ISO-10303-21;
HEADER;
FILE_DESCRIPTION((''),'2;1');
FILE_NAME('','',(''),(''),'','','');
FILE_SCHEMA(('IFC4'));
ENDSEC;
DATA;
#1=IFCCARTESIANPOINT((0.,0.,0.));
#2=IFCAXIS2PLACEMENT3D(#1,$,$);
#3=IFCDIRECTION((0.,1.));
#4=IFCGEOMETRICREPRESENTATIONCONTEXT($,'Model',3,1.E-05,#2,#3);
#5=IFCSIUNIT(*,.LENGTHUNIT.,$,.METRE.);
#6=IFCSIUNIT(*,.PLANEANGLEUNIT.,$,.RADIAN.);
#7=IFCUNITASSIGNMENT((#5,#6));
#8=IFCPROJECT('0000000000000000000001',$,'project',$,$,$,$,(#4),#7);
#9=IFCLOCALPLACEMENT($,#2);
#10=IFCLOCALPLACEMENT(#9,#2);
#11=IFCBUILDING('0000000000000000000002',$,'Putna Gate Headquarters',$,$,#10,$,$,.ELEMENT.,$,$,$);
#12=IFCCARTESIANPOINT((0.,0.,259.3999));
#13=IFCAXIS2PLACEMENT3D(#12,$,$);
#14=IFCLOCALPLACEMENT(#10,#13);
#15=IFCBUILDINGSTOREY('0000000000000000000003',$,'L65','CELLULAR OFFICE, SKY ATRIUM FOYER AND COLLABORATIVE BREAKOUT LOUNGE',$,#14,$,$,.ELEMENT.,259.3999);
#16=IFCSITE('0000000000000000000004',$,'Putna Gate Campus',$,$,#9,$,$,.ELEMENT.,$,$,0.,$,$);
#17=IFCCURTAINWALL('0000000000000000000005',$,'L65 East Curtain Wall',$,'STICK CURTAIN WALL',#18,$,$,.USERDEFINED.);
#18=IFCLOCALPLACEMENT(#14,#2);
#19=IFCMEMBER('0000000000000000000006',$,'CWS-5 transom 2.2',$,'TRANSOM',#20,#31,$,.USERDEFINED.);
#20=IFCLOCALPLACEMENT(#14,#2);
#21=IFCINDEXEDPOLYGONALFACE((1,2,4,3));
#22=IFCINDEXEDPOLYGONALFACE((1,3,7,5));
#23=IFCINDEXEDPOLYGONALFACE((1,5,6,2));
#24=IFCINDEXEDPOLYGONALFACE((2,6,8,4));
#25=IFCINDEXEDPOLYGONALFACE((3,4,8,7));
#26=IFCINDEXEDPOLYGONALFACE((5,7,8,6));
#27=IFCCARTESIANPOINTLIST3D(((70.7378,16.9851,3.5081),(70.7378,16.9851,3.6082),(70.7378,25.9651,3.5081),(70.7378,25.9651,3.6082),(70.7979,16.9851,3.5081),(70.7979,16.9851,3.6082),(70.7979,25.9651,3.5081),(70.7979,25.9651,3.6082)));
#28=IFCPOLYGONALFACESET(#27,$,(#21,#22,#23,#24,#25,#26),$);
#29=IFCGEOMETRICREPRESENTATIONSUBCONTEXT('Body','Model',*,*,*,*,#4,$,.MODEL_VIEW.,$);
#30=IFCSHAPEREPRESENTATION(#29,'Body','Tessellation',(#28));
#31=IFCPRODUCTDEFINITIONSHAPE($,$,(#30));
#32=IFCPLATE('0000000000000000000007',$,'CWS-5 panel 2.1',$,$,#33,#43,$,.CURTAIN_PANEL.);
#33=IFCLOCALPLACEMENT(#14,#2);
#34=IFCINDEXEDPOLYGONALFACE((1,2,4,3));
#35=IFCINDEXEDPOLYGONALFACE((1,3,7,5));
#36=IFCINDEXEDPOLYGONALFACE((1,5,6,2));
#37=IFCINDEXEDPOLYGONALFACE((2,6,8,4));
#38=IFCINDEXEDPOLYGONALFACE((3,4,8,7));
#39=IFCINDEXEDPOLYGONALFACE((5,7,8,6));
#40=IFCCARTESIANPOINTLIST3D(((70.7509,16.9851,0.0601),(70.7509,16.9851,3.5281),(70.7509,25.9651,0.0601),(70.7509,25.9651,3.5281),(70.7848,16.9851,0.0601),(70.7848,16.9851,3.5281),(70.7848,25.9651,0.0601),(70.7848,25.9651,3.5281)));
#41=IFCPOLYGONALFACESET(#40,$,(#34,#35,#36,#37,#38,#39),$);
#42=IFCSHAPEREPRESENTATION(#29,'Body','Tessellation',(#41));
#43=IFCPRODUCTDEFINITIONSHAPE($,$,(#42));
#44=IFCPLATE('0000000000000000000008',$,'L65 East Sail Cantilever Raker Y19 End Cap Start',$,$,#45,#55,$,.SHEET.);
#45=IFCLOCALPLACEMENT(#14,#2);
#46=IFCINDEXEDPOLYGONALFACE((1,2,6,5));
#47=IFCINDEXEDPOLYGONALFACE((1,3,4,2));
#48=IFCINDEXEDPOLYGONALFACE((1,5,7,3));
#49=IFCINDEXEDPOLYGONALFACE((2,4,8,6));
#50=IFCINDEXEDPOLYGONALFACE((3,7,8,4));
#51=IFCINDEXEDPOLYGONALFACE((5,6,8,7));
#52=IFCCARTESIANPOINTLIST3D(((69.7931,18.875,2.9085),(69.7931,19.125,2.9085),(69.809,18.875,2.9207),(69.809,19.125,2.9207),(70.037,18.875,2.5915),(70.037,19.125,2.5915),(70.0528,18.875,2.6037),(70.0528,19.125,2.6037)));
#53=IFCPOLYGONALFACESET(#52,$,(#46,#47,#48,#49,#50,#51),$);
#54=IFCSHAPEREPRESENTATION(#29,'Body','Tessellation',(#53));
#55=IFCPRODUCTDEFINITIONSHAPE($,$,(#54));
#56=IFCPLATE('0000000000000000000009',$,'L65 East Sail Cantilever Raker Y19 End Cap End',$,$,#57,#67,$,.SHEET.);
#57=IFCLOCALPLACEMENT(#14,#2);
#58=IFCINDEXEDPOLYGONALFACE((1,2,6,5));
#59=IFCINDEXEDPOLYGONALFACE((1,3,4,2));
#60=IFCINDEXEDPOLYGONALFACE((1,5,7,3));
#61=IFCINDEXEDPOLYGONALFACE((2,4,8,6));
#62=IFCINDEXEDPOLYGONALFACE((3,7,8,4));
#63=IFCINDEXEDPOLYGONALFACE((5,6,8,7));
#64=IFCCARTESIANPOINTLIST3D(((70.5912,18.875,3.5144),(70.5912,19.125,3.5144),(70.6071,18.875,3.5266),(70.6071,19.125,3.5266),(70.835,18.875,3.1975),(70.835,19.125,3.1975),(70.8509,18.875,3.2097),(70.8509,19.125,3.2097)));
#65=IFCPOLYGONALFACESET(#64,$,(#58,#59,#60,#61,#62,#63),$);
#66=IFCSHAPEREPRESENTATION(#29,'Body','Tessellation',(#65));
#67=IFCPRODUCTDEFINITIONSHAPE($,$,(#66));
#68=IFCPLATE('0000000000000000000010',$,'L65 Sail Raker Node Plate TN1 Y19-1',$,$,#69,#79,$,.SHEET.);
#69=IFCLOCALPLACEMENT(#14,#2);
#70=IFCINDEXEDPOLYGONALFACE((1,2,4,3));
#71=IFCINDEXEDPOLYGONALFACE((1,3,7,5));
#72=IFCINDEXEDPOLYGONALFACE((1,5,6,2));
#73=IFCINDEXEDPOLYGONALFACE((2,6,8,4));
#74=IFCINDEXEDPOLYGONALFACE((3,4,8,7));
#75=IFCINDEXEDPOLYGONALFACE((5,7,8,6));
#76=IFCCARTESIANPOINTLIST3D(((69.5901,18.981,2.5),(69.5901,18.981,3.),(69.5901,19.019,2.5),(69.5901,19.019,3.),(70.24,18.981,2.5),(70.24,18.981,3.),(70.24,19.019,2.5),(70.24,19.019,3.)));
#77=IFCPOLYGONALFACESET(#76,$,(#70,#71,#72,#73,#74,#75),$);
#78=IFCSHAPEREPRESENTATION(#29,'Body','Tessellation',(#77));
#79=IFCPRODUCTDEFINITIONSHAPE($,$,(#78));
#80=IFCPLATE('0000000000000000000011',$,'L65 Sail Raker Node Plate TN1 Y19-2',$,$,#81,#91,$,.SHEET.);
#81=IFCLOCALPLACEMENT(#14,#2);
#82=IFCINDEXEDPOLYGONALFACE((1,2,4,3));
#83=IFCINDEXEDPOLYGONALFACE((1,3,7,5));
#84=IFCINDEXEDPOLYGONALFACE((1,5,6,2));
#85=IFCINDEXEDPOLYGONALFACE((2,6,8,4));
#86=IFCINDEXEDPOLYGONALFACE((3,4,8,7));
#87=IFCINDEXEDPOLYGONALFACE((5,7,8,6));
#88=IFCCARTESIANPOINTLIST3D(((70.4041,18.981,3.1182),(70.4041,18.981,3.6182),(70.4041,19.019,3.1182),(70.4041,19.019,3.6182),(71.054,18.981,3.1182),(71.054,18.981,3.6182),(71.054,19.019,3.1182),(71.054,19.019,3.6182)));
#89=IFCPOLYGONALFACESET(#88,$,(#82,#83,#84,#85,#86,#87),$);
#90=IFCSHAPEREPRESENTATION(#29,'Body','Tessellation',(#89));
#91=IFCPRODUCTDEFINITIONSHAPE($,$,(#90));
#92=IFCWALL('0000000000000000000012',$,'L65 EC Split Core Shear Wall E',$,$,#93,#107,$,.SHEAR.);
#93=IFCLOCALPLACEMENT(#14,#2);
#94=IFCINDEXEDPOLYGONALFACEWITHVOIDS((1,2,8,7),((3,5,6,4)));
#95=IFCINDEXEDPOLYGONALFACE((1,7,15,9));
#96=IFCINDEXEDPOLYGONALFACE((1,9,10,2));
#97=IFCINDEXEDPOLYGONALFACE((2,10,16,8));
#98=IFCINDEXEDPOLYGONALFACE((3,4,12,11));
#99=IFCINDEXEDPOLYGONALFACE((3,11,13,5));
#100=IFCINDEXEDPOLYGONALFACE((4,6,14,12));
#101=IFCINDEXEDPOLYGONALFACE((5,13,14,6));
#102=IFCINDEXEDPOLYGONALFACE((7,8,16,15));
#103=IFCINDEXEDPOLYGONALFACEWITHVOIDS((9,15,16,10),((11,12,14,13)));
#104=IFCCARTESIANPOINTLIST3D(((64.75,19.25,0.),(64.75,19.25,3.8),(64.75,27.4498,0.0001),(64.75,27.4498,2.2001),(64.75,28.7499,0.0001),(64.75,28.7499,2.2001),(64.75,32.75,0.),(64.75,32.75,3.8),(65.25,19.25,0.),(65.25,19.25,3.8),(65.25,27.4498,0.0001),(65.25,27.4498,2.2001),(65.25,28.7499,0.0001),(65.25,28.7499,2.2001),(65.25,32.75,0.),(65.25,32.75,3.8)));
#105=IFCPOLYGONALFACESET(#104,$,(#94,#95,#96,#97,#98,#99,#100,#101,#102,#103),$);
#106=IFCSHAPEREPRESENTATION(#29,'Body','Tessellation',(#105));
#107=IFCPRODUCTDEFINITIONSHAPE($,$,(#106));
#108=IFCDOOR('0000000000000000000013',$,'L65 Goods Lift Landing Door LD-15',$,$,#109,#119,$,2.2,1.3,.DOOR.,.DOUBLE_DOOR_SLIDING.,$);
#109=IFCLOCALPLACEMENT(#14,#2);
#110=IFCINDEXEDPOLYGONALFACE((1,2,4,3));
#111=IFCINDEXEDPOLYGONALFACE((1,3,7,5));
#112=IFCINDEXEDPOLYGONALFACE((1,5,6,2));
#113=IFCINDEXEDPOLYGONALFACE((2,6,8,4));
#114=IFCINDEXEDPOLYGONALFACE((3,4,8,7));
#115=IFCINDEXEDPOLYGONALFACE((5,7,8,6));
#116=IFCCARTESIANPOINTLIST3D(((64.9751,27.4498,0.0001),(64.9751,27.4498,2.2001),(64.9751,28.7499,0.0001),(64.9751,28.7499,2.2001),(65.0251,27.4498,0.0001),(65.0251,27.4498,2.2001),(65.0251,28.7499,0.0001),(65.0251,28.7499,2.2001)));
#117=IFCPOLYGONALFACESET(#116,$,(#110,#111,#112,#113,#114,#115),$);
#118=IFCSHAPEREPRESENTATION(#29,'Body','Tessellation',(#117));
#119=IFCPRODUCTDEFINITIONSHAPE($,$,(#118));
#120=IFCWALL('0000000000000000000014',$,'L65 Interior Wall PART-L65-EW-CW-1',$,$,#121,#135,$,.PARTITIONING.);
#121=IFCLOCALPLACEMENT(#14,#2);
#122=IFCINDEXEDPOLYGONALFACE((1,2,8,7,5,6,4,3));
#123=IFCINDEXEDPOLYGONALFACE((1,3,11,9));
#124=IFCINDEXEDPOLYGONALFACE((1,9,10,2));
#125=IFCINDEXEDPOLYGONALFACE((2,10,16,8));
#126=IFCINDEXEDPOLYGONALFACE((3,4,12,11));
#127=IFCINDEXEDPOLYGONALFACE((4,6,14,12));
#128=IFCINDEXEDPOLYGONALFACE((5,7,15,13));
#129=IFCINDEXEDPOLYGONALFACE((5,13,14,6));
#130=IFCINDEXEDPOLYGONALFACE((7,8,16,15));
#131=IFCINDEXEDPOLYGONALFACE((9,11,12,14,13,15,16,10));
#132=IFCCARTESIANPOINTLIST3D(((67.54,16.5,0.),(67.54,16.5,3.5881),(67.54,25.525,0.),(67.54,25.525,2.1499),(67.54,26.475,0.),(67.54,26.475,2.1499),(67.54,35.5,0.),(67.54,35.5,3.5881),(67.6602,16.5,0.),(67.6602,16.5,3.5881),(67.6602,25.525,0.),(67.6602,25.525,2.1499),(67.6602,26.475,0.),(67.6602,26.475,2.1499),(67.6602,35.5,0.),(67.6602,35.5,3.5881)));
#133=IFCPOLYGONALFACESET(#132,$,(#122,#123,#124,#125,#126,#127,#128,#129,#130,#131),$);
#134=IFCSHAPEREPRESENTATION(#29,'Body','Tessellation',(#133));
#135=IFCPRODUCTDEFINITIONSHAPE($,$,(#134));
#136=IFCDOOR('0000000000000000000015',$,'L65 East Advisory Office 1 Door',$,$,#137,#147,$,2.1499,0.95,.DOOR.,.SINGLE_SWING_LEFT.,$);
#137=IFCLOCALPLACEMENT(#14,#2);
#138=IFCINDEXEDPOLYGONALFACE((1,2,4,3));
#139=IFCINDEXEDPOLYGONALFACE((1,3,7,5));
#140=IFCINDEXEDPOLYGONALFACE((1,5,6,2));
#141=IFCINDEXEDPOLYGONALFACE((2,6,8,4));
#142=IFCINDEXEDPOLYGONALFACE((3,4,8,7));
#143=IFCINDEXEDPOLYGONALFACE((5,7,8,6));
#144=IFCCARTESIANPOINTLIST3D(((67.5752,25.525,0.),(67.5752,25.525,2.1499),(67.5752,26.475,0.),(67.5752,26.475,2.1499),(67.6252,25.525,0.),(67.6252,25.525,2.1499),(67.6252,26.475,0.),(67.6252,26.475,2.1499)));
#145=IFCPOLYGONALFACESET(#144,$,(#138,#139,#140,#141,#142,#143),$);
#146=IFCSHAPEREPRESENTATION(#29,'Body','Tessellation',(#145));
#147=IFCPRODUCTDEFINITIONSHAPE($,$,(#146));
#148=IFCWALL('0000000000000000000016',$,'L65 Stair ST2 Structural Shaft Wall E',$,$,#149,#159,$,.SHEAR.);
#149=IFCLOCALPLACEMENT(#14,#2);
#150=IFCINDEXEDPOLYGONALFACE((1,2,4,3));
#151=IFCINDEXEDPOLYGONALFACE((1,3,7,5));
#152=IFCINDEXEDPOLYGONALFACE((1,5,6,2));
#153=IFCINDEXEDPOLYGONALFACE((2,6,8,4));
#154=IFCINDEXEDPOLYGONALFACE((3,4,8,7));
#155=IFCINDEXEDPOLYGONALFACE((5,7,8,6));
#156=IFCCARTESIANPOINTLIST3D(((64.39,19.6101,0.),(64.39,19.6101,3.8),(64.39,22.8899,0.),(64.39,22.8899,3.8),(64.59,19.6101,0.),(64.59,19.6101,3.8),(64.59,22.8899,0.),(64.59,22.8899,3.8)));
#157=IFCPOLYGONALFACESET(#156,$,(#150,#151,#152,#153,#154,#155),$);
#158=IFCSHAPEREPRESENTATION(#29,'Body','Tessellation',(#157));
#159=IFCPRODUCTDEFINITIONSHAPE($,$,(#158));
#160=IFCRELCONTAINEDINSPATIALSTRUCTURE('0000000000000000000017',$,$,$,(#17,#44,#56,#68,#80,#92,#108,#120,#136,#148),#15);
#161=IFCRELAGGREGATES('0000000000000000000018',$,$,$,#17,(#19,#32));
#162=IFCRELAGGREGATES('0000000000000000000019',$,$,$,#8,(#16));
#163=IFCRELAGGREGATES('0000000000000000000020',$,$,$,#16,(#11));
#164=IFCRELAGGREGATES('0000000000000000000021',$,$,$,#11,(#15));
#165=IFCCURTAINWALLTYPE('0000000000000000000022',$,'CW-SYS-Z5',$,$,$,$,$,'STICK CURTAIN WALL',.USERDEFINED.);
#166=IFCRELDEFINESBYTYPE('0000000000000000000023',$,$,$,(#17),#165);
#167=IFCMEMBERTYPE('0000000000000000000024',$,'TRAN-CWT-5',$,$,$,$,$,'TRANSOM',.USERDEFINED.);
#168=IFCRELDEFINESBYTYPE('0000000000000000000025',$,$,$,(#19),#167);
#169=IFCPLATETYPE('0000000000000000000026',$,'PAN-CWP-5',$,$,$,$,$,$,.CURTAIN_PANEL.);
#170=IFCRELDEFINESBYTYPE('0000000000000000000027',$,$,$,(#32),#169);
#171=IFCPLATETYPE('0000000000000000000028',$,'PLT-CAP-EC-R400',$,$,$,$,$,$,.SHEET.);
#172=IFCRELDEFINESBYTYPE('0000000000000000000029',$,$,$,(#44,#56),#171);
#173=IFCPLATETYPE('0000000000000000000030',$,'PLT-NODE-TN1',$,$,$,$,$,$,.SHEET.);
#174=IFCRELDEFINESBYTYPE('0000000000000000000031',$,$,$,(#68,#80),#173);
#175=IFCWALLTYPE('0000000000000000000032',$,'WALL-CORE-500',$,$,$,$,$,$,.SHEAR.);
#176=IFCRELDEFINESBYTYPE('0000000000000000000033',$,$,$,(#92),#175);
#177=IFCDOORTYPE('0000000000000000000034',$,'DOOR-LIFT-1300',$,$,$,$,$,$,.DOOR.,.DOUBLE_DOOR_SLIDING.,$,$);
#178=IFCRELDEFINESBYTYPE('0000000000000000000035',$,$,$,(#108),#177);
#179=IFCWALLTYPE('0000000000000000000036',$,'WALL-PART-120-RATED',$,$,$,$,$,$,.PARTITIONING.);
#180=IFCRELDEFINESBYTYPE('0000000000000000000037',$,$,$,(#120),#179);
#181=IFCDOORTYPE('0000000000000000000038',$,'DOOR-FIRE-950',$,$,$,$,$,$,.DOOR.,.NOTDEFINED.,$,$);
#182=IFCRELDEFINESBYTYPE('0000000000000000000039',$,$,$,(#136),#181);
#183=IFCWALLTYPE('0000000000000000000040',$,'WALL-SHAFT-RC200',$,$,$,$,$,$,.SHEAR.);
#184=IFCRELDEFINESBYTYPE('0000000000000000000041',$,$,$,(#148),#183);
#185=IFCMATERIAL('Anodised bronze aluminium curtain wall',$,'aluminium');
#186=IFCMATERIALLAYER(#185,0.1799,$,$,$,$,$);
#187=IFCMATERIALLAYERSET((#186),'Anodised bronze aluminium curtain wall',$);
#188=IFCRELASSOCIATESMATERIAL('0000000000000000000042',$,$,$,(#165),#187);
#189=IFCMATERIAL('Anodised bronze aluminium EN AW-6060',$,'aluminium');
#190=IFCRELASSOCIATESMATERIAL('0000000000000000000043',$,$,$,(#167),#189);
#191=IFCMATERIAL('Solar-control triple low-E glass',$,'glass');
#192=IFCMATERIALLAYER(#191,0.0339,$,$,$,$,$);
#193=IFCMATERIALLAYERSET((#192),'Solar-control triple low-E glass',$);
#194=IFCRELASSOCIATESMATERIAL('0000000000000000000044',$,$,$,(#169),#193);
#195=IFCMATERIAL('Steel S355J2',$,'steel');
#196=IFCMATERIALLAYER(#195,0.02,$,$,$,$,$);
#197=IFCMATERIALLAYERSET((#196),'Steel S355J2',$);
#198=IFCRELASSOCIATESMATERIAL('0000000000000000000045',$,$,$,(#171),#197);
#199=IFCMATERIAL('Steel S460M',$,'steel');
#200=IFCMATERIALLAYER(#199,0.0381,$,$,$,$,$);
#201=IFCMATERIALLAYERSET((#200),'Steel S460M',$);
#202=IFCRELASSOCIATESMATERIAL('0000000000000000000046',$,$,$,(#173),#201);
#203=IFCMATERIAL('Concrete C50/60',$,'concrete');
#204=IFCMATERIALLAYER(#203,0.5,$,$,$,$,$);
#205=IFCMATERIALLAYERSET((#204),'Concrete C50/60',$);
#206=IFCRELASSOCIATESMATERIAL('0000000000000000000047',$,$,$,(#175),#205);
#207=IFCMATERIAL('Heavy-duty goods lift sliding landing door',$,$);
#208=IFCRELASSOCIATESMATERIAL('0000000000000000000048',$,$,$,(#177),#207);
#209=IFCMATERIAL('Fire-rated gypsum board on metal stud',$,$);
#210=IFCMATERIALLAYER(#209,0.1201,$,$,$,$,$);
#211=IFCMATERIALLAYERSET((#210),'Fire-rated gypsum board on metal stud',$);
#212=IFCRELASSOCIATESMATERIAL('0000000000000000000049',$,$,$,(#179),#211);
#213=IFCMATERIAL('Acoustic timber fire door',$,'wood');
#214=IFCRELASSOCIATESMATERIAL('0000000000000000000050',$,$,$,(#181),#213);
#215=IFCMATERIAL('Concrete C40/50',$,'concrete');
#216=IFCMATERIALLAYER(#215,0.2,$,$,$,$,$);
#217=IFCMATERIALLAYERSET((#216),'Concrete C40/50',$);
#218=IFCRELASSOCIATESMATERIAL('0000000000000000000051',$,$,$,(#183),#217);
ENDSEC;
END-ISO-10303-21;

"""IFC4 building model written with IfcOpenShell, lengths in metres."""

from ifc_helpers import new_model, si_unit, direction, frame, frame_2d, origin, origin_2d, place, context, subcontext, project, spatial, rectangle, extrude, material, layer, layer_set, material_profile, profile_set, type_object, element, fill, aggregate, save


model = new_model("IFC4")

# Units and contexts
model_context = context("Model", 3, precision=1e-05, world=origin(), true_north=direction((0.0, 1.0)))
body_context = subcontext(model_context, "Body", "Model", "MODEL_VIEW")
ifc_project = project(units=[si_unit("LENGTHUNIT", "METRE"), si_unit("PLANEANGLEUNIT", "RADIAN")], contexts=[model_context])

# Site, building, storey
site_placement = place(None, origin())
site = spatial("IfcSite", under=ifc_project, at=site_placement, Name="Putna Gate Campus", CompositionType="ELEMENT", RefElevation=0.0)
building_placement = place(site_placement, origin())
building = spatial("IfcBuilding", under=site, at=building_placement, Name="Putna Gate Headquarters", CompositionType="ELEMENT")
storey_placement = place(building_placement, frame((0.0, 0.0, 259.3999)))
storey = spatial("IfcBuildingStorey", under=building, at=storey_placement, Name="L65", Description="CELLULAR OFFICE, SKY ATRIUM FOYER AND COLLABORATIVE BREAKOUT LOUNGE", CompositionType="ELEMENT", Elevation=259.3999)

# Shared definitions
ifc_material_1 = material(Name="Steel S460M", Category="steel")

# Shared definitions
ifc_material_2 = material(Name="Steel S355J2", Category="steel")

# Curtain wall, member, plate
ifc_material_3 = material(Name="Anodised bronze aluminium curtain wall", Category="aluminium")
ifc_layer_1 = layer(ifc_material_3, 0.1799)
ifc_layer_set_1 = layer_set([ifc_layer_1], Name="Anodised bronze aluminium curtain wall")
curtain_wall_type = type_object("IfcCurtainWallType", Name="CW-SYS-Z5", ElementType="STICK CURTAIN WALL", PredefinedType="USERDEFINED", material=ifc_layer_set_1)
curtain_wall_placement = place(storey_placement, origin())
curtain_wall = element("IfcCurtainWall", 1, at=curtain_wall_placement, inside=storey, type_object=curtain_wall_type, Name="L65 East Curtain Wall", ObjectType="STICK CURTAIN WALL", PredefinedType="USERDEFINED")
ifc_material_4 = material(Name="Anodised bronze aluminium EN AW-6060", Category="aluminium")
ifc_material_profile_1 = material_profile(ifc_material_4, rectangle(XDim=0.0601, YDim=0.1001, at=origin_2d()), Name="Anodised bronze aluminium EN AW-6060")
ifc_profile_set_1 = profile_set([ifc_material_profile_1], Name="Anodised bronze aluminium EN AW-6060")
member_type_1 = type_object("IfcMemberType", Name="TRAN-CWT-5", ElementType="TRANSOM", PredefinedType="USERDEFINED", material=ifc_profile_set_1)
member_1_placement = place(storey_placement, frame((70.7678, 16.9851, 3.5581), z_axis=(0.0, 1.0, 0.0), x_axis=(-1.0, 0.0, 0.0)))
member_1 = element("IfcMember", 2, at=member_1_placement, type_object=member_type_1, Name="CWS-5 transom 2.2", ObjectType="TRANSOM", PredefinedType="USERDEFINED", context=body_context, shape_type="SweptSolid", body=[
    extrude(rectangle(XDim=0.0601, YDim=0.1001, at=origin_2d()), origin(), (0.0, 0.0, 1.0), 8.98),
])
ifc_material_5 = material(Name="Solar-control triple low-E glass", Category="glass")
ifc_layer_2 = layer(ifc_material_5, 0.0339)
ifc_layer_set_2 = layer_set([ifc_layer_2], Name="Solar-control triple low-E glass")
plate_type_1 = type_object("IfcPlateType", Name="PAN-CWP-5", PredefinedType="CURTAIN_PANEL", material=ifc_layer_set_2)
plate_placement = place(storey_placement, frame((70.7678, 21.4751, 0.0601), z_axis=(0.0, 0.0, 1.0), x_axis=(0.0, 1.0, 0.0)))
plate = element("IfcPlate", 3, at=plate_placement, type_object=plate_type_1, Name="CWS-5 panel 2.1", PredefinedType="CURTAIN_PANEL", context=body_context, shape_type="SweptSolid", body=[
    extrude(rectangle(XDim=8.98, YDim=0.0339, at=origin_2d()), origin(), (0.0, 0.0, 1.0), 3.468),
])
aggregate(curtain_wall, [member_1, plate])

# Plates
ifc_layer_3 = layer(ifc_material_2, 0.02)
ifc_layer_set_3 = layer_set([ifc_layer_3], Name="Steel S355J2")
plate_type_2 = type_object("IfcPlateType", Name="PLT-CAP-EC-R400", PredefinedType="SHEET", material=ifc_layer_set_3)
for number, where, z_axis, x_axis, name in (
    (4, (69.915, 19.0, 2.75), (0.792624, 0.0, 0.609711), (0.0, 1.0, 0.0), "L65 East Sail Cantilever Raker Y19 End Cap Start"),
    (5, (70.7131, 19.0, 3.356), (0.792624, 0.0, 0.609711), (0.0, 1.0, 0.0), "L65 East Sail Cantilever Raker Y19 End Cap End"),
):
    element("IfcPlate", number, at=place(storey_placement, frame(where, z_axis=z_axis, x_axis=x_axis)), inside=storey, type_object=plate_type_2, Name=name, PredefinedType="SHEET", context=body_context, shape_type="SweptSolid", body=[
        extrude(rectangle(XDim=0.25, YDim=0.3999, at=origin_2d()), origin(), (0.0, 0.0, 1.0), 0.02),
    ])
ifc_layer_4 = layer(ifc_material_1, 0.0381)
ifc_layer_set_4 = layer_set([ifc_layer_4], Name="Steel S460M")
plate_type_3 = type_object("IfcPlateType", Name="PLT-NODE-TN1", PredefinedType="SHEET", material=ifc_layer_set_4)
for number, where, z_axis, x_axis, name in (
    (6, (69.915, 19.0, 2.5), (0.0, 0.0, 1.0), (1.0, 0.0, 0.0), "L65 Sail Raker Node Plate TN1 Y19-1"),
    (7, (70.729, 19.0, 3.1182), (0.0, 0.0, 1.0), (1.0, 0.0, 0.0), "L65 Sail Raker Node Plate TN1 Y19-2"),
):
    element("IfcPlate", number, at=place(storey_placement, frame(where, z_axis=z_axis, x_axis=x_axis)), inside=storey, type_object=plate_type_3, Name=name, PredefinedType="SHEET", context=body_context, shape_type="SweptSolid", body=[
        extrude(rectangle(XDim=0.6499, YDim=0.0381, at=origin_2d()), origin(), (0.0, 0.0, 1.0), 0.5),
    ])

# Walls, openings, doors
ifc_material_6 = material(Name="Concrete C50/60", Category="concrete")
ifc_layer_5 = layer(ifc_material_6, 0.5)
ifc_layer_set_5 = layer_set([ifc_layer_5], Name="Concrete C50/60")
wall_type_1 = type_object("IfcWallType", Name="WALL-CORE-500", PredefinedType="SHEAR", material=ifc_layer_set_5)
wall_1_placement = place(storey_placement, frame((65.0, 19.25, 0.0), z_axis=(0.0, 0.0, 1.0), x_axis=(0.0, 1.0, 0.0)))
wall_1 = element("IfcWall", 8, at=wall_1_placement, inside=storey, type_object=wall_type_1, Name="L65 EC Split Core Shear Wall E", PredefinedType="SHEAR", context=body_context, shape_type="SweptSolid", body=[
    extrude(rectangle(XDim=13.5, YDim=0.5, at=frame_2d((6.75, 0.0))), origin(), (0.0, 0.0, 1.0), 3.8),
])
opening_1_placement = place(wall_1_placement, frame((8.2, 0.0, 0.0)))
opening_1 = element("IfcOpeningElement", 9, at=opening_1_placement, cuts=wall_1, PredefinedType="OPENING", context=body_context, shape_type="SweptSolid", body=[
    extrude(rectangle(XDim=1.3, YDim=2.2, at=frame_2d((0.6499, 1.1001))), frame((0.0, 0.26, 0.0), z_axis=(0.0, -1.0, 0.0), x_axis=(1.0, 0.0, 0.0)), (0.0, 0.0, 1.0), 0.52),
])
ifc_material_7 = material(Name="Heavy-duty goods lift sliding landing door")
door_type_1 = type_object("IfcDoorType", Name="DOOR-LIFT-1300", OperationType="DOUBLE_DOOR_SLIDING", PredefinedType="DOOR", material=ifc_material_7)
door_1_placement = place(opening_1_placement, origin())
door_1 = element("IfcDoor", 10, at=door_1_placement, inside=storey, type_object=door_type_1, Name="L65 Goods Lift Landing Door LD-15", OperationType="DOUBLE_DOOR_SLIDING", OverallHeight=2.2, OverallWidth=1.3, PredefinedType="DOOR", context=body_context, shape_type="SweptSolid", body=[
    extrude(rectangle(XDim=1.3, YDim=2.2, at=frame_2d((0.6499, 1.1001))), frame((0.0, 0.0249, 0.0), z_axis=(0.0, -1.0, 0.0), x_axis=(1.0, 0.0, 0.0)), (0.0, 0.0, 1.0), 0.05),
])
fill(opening_1, door_1)
ifc_material_8 = material(Name="Fire-rated gypsum board on metal stud")
ifc_layer_6 = layer(ifc_material_8, 0.1201)
ifc_layer_set_6 = layer_set([ifc_layer_6], Name="Fire-rated gypsum board on metal stud")
wall_type_2 = type_object("IfcWallType", Name="WALL-PART-120-RATED", PredefinedType="PARTITIONING", material=ifc_layer_set_6)
wall_2_placement = place(storey_placement, frame((67.6001, 16.5, 0.0), z_axis=(0.0, 0.0, 1.0), x_axis=(0.0, 1.0, 0.0)))
wall_2 = element("IfcWall", 11, at=wall_2_placement, inside=storey, type_object=wall_type_2, Name="L65 Interior Wall PART-L65-EW-CW-1", PredefinedType="PARTITIONING", context=body_context, shape_type="SweptSolid", body=[
    extrude(rectangle(XDim=19.0, YDim=0.1201, at=frame_2d((9.5, 0.0))), origin(), (0.0, 0.0, 1.0), 3.5881),
])
opening_2_placement = place(wall_2_placement, frame((9.0249, 0.0, 0.0)))
opening_2 = element("IfcOpeningElement", 12, at=opening_2_placement, cuts=wall_2, PredefinedType="OPENING", context=body_context, shape_type="SweptSolid", body=[
    extrude(rectangle(XDim=0.95, YDim=2.1499, at=frame_2d((0.4751, 1.075))), frame((0.0, 0.0701, 0.0), z_axis=(0.0, -1.0, 0.0), x_axis=(1.0, 0.0, 0.0)), (0.0, 0.0, 1.0), 0.1401),
])
ifc_material_9 = material(Name="Acoustic timber fire door", Category="wood")
door_type_2 = type_object("IfcDoorType", Name="DOOR-FIRE-950", OperationType="NOTDEFINED", PredefinedType="DOOR", material=ifc_material_9)
door_2_placement = place(opening_2_placement, origin())
door_2 = element("IfcDoor", 13, at=door_2_placement, inside=storey, type_object=door_type_2, Name="L65 East Advisory Office 1 Door", OperationType="SINGLE_SWING_LEFT", OverallHeight=2.1499, OverallWidth=0.95, PredefinedType="DOOR", context=body_context, shape_type="SweptSolid", body=[
    extrude(rectangle(XDim=0.95, YDim=2.1499, at=frame_2d((0.4751, 1.075))), frame((0.0, 0.0249, 0.0), z_axis=(0.0, -1.0, 0.0), x_axis=(1.0, 0.0, 0.0)), (0.0, 0.0, 1.0), 0.05),
])
fill(opening_2, door_2)

# Wall
ifc_material_10 = material(Name="Concrete C40/50", Category="concrete")
ifc_layer_7 = layer(ifc_material_10, 0.2)
ifc_layer_set_7 = layer_set([ifc_layer_7], Name="Concrete C40/50")
wall_type_3 = type_object("IfcWallType", Name="WALL-SHAFT-RC200", PredefinedType="SHEAR", material=ifc_layer_set_7)
wall_3_placement = place(storey_placement, frame((64.49, 19.6101, 0.0), z_axis=(0.0, 0.0, 1.0), x_axis=(0.0, 1.0, 0.0)))
element("IfcWall", 14, at=wall_3_placement, inside=storey, type_object=wall_type_3, Name="L65 Stair ST2 Structural Shaft Wall E", PredefinedType="SHEAR", context=body_context, shape_type="SweptSolid", body=[
    extrude(rectangle(XDim=3.2798, YDim=0.2, at=frame_2d((1.6399, 0.0))), origin(), (0.0, 0.0, 1.0), 3.8),
])

save(model, "model.ifc")
